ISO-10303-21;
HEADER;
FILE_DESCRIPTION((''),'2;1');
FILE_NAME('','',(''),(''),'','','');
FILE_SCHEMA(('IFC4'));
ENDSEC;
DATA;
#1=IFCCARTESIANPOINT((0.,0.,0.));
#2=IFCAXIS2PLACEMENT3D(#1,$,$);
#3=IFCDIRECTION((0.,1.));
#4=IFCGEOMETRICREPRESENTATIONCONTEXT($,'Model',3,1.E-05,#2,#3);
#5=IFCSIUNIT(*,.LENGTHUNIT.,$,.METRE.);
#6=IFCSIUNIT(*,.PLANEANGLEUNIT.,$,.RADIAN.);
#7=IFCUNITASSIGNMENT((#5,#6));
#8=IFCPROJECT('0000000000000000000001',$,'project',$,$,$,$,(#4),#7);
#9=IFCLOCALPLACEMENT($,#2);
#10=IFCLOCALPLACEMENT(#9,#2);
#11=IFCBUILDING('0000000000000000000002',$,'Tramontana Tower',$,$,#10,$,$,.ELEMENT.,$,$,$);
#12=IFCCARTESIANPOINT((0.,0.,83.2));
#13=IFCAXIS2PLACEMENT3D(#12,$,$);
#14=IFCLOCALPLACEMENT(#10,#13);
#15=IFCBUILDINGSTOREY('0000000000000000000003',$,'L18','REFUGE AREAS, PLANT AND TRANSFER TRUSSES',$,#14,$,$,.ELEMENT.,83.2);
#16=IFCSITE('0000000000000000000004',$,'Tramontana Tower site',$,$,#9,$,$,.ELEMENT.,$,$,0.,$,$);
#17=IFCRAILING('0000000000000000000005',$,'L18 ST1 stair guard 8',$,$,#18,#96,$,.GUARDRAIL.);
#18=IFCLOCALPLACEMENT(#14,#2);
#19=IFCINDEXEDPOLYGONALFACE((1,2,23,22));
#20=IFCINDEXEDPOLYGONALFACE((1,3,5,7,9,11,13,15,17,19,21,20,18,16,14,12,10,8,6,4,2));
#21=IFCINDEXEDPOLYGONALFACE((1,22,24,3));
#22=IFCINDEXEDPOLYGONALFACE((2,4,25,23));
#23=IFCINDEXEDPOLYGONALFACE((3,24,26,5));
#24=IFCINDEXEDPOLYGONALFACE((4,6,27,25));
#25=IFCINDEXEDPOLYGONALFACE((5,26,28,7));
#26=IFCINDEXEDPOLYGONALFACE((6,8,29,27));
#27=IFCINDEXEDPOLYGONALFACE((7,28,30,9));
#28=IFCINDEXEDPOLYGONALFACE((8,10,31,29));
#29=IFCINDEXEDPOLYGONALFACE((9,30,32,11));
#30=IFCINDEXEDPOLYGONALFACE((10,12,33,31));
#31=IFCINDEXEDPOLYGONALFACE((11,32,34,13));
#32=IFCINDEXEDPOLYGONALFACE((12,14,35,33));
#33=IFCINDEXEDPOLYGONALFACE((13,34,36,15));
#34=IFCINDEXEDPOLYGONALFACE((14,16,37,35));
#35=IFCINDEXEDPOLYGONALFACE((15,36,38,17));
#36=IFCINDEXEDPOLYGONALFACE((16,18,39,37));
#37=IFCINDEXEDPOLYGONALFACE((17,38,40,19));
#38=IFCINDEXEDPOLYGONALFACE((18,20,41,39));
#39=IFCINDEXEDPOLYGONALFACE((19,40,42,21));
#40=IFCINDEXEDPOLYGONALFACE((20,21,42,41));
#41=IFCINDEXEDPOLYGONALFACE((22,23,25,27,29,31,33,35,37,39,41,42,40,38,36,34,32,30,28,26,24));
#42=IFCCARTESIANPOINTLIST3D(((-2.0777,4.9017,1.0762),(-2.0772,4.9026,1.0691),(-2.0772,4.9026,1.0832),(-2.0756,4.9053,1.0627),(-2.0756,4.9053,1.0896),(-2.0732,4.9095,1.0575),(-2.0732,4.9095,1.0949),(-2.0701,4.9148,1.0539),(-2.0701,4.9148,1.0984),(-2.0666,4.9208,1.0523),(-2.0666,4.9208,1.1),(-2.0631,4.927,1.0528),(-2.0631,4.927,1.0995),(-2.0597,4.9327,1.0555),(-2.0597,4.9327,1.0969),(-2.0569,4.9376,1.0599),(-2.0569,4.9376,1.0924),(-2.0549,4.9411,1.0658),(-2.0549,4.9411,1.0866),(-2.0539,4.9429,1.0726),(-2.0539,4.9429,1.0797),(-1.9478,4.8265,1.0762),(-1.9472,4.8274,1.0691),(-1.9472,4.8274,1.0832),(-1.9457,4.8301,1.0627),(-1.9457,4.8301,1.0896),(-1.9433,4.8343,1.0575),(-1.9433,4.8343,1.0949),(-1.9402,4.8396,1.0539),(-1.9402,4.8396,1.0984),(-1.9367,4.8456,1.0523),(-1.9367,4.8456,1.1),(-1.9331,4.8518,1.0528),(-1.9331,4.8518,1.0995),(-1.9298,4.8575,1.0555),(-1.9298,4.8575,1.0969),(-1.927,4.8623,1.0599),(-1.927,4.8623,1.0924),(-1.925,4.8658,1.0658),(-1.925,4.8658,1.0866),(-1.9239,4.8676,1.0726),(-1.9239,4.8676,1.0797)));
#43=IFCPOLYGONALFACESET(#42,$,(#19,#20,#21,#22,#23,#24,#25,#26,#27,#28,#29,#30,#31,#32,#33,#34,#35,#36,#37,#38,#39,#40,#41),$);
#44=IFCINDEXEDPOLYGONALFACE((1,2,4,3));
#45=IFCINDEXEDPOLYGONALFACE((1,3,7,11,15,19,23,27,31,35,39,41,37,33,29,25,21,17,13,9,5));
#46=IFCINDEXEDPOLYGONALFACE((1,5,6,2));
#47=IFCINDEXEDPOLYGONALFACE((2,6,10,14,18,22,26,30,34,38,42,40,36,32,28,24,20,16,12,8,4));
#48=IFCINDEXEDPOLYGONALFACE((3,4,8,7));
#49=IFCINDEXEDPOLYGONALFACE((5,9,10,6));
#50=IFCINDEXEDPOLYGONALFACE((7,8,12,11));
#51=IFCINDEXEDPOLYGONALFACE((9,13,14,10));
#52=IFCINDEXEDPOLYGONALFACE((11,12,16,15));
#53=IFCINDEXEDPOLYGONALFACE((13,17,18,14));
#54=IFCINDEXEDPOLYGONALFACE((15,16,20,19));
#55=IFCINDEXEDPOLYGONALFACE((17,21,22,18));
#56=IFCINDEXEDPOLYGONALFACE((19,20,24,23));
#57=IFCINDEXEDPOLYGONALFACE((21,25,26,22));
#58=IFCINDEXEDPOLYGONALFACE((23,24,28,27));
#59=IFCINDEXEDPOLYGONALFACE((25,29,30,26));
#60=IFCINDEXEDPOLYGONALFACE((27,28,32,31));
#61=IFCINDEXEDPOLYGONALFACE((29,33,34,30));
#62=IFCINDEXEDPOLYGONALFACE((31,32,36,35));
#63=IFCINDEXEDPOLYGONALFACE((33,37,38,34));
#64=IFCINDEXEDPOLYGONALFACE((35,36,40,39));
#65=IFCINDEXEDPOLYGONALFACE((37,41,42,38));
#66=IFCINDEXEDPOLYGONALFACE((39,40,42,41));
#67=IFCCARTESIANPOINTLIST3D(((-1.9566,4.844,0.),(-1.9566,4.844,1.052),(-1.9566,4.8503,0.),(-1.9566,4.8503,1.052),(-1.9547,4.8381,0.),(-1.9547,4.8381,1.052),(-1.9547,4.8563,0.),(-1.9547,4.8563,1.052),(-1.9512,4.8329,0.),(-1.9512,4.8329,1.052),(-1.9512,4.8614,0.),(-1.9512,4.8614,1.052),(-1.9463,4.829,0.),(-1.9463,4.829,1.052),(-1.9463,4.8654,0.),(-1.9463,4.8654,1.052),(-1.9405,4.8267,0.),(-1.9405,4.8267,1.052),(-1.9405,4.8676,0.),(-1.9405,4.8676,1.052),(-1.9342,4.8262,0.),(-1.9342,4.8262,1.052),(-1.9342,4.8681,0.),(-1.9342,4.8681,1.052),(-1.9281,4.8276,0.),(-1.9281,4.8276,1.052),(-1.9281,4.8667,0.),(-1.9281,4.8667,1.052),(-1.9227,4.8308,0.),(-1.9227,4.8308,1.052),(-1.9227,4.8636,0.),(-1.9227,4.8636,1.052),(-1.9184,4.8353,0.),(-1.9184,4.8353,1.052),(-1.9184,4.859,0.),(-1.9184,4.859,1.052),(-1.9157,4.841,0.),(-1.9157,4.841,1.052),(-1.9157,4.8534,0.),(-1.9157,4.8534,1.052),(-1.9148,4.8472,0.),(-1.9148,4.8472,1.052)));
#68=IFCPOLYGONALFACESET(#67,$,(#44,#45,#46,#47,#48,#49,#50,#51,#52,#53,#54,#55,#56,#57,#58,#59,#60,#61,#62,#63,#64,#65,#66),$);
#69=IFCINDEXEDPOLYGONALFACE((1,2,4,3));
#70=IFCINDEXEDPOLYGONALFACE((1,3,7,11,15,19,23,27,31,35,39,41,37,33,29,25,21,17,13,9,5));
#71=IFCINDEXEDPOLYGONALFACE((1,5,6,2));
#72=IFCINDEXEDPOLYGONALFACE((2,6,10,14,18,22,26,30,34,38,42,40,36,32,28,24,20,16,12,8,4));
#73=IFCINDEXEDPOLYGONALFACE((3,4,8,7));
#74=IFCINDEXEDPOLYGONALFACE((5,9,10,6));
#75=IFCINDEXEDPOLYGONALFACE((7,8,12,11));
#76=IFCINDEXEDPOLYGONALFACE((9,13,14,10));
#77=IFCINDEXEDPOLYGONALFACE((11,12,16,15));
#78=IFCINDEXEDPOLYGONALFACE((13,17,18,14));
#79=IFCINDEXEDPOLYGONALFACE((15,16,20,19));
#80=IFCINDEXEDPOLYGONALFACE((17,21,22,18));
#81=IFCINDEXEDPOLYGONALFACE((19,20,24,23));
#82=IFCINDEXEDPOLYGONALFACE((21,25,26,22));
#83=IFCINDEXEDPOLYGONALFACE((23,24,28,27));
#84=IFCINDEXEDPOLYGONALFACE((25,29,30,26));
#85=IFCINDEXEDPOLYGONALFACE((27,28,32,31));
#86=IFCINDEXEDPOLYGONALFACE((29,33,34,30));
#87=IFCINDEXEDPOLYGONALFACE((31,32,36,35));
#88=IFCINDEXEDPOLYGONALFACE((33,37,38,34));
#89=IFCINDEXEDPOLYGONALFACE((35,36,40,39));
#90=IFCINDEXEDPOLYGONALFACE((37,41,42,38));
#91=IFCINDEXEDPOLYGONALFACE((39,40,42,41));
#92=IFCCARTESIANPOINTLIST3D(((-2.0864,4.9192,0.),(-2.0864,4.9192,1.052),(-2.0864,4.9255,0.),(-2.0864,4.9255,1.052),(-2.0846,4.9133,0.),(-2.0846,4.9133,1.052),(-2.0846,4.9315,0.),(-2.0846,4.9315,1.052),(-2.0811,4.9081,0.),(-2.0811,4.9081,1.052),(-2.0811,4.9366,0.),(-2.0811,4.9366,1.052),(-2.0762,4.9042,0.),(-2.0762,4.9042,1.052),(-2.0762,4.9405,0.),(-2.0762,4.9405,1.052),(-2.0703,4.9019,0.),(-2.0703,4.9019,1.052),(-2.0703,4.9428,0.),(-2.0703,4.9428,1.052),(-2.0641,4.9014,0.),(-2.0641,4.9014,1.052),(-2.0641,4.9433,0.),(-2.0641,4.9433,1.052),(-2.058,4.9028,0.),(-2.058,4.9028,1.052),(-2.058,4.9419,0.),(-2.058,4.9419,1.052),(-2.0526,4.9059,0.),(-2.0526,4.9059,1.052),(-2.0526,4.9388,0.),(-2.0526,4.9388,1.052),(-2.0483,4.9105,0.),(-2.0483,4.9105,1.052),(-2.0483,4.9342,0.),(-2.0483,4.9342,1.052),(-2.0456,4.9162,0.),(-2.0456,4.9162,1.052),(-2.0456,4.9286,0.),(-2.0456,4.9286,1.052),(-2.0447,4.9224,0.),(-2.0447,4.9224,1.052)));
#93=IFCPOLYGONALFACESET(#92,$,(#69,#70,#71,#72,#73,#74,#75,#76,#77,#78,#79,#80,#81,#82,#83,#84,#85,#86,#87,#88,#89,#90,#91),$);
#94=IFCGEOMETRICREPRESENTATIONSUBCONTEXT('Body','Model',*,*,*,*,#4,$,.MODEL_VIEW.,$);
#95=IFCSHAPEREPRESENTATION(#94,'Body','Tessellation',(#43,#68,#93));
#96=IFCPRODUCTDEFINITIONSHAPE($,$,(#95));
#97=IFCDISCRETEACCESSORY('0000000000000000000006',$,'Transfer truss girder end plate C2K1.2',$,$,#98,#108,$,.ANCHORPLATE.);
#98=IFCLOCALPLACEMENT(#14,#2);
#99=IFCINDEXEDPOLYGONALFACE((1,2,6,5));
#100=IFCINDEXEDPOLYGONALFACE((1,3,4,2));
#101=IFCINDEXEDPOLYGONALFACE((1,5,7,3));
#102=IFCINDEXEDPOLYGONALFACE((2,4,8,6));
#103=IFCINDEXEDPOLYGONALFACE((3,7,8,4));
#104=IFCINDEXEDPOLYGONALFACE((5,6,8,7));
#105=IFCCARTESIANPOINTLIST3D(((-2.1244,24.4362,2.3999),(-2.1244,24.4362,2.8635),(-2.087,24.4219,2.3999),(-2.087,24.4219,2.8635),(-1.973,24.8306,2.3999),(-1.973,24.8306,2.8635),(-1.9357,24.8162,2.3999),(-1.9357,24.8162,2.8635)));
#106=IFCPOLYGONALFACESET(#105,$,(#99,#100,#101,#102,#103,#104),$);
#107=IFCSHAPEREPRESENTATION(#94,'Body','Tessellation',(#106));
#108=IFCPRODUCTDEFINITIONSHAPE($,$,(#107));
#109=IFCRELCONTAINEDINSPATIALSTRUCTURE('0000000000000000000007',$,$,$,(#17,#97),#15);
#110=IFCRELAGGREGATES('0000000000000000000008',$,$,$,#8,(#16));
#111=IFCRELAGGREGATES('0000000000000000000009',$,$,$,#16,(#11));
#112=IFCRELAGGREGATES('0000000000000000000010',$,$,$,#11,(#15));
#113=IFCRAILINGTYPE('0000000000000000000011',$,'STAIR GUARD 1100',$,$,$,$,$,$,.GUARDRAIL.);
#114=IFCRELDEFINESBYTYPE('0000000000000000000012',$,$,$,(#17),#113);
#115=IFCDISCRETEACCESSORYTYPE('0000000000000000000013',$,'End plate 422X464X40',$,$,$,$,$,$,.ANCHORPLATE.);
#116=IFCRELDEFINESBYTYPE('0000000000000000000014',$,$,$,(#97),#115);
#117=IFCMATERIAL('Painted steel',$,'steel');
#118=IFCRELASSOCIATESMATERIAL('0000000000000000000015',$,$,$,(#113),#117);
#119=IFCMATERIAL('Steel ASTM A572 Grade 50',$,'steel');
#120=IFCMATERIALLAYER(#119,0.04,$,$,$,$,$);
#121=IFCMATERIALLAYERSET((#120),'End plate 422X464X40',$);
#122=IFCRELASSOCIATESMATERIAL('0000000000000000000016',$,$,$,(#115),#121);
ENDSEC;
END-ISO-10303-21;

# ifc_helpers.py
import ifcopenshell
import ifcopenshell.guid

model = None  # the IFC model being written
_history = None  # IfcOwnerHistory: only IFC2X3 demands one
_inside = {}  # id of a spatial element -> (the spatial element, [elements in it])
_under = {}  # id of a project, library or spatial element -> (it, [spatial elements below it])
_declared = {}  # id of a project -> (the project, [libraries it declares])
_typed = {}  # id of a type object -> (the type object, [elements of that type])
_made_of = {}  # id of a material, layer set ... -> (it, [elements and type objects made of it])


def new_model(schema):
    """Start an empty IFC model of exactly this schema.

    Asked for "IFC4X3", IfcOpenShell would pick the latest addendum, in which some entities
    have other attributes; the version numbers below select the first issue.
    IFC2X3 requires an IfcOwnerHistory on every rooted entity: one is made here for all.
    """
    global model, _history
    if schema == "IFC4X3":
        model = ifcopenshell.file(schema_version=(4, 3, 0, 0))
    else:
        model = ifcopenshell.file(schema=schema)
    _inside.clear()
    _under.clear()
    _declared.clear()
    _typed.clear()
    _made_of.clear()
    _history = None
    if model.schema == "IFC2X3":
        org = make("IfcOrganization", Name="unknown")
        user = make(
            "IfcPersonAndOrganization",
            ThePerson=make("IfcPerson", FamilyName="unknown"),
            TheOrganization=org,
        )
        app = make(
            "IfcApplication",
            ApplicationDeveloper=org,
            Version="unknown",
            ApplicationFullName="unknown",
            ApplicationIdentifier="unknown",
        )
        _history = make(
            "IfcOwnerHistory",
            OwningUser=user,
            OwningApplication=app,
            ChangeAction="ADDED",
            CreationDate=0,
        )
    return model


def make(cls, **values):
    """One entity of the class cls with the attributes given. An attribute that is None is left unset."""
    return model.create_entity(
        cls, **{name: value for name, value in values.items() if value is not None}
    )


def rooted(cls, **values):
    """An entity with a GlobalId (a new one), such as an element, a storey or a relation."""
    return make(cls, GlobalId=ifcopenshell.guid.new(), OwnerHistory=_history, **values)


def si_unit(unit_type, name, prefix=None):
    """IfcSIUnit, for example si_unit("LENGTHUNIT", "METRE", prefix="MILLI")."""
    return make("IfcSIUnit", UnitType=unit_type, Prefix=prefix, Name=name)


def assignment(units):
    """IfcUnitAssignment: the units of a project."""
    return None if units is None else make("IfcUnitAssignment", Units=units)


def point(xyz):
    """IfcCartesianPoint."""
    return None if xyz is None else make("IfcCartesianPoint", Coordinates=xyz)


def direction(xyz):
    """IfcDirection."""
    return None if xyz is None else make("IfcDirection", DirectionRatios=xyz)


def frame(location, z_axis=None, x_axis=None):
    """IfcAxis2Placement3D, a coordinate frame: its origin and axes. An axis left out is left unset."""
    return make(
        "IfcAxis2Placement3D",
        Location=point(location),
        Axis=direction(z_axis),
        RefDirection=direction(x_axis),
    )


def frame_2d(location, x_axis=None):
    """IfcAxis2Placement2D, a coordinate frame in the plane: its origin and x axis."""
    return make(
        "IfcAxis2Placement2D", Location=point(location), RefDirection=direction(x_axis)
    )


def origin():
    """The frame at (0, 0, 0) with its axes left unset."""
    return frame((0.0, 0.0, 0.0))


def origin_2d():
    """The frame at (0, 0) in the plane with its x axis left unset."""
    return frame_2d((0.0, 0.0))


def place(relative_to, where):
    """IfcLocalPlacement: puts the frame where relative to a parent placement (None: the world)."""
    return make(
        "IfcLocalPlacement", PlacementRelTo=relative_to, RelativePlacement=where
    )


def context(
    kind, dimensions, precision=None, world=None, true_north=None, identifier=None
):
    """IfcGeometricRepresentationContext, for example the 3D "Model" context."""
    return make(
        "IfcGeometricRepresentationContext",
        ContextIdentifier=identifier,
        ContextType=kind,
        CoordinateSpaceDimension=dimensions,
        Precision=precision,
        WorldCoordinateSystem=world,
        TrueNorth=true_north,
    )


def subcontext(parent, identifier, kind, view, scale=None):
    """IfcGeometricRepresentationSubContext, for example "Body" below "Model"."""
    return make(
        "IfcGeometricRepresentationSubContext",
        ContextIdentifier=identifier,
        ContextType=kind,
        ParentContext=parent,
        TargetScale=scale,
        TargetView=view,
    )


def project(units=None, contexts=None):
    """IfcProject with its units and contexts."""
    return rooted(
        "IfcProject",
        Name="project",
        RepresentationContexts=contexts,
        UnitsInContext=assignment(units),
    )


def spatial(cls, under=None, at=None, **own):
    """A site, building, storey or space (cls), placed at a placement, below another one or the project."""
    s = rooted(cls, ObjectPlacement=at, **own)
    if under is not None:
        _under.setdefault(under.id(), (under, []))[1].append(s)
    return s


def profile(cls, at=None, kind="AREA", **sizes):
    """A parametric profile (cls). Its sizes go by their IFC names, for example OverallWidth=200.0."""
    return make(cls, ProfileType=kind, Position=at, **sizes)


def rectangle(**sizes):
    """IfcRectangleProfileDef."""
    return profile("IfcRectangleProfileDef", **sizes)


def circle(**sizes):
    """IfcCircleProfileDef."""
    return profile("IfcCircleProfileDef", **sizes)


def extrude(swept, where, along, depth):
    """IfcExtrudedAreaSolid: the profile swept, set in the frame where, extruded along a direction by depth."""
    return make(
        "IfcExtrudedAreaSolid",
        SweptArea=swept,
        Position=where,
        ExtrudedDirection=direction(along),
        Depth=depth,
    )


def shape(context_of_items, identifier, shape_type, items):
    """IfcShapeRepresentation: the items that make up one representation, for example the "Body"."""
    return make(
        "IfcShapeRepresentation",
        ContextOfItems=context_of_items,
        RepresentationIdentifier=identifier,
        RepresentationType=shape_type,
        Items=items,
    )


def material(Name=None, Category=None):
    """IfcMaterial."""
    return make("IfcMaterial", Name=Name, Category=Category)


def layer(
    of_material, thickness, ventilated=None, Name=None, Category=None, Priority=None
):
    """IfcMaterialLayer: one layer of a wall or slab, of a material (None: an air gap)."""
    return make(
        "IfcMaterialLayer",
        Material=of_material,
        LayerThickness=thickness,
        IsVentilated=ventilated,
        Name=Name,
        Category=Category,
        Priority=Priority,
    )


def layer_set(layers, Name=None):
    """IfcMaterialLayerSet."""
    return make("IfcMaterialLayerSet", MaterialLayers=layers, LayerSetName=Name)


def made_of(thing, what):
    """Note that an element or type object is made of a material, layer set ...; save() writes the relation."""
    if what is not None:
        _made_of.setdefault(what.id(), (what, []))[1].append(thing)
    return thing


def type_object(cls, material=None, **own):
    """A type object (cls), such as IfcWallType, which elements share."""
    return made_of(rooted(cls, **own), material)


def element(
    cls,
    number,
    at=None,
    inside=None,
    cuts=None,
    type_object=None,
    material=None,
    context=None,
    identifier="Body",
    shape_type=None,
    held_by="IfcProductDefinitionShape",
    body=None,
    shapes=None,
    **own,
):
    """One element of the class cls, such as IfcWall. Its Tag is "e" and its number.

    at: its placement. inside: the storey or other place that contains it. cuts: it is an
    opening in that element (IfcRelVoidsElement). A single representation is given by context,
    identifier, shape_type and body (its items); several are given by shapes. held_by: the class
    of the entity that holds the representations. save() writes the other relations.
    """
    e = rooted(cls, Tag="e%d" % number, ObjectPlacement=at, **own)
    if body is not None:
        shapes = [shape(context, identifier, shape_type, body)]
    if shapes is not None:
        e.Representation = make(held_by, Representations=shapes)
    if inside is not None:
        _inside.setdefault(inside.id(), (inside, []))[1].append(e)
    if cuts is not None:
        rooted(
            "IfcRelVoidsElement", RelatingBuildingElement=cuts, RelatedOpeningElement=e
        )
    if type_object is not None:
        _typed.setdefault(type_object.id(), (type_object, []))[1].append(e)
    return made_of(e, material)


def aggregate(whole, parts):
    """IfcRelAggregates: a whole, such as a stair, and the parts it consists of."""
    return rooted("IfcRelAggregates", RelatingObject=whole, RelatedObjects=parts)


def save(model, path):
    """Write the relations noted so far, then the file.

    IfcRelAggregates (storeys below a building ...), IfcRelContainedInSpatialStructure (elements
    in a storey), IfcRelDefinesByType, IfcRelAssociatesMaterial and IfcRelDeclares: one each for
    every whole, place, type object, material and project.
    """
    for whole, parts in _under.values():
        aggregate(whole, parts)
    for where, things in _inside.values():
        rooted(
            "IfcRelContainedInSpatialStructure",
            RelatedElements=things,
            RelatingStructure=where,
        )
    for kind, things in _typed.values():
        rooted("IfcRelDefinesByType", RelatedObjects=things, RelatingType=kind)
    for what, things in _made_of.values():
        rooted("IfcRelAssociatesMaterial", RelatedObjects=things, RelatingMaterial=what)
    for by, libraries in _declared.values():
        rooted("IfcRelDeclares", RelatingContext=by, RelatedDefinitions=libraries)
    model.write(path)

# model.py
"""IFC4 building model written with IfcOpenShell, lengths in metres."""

from ifc_helpers import new_model, si_unit, direction, frame, origin, origin_2d, place, context, subcontext, project, spatial, rectangle, circle, extrude, material, layer, layer_set, type_object, element, save


model = new_model("IFC4")

# Units and contexts
model_context = context("Model", 3, precision=1e-05, world=origin(), true_north=direction((0.0, 1.0)))
body_context = subcontext(model_context, "Body", "Model", "MODEL_VIEW")
ifc_project = project(units=[si_unit("LENGTHUNIT", "METRE"), si_unit("PLANEANGLEUNIT", "RADIAN")], contexts=[model_context])

# Site, building, storey
site_placement = place(None, origin())
site = spatial("IfcSite", under=ifc_project, at=site_placement, Name="Tramontana Tower site", CompositionType="ELEMENT", RefElevation=0.0)
building_placement = place(site_placement, origin())
building = spatial("IfcBuilding", under=site, at=building_placement, Name="Tramontana Tower", CompositionType="ELEMENT")
storey_placement = place(building_placement, frame((0.0, 0.0, 83.2)))
storey = spatial("IfcBuildingStorey", under=building, at=storey_placement, Name="L18", Description="REFUGE AREAS, PLANT AND TRANSFER TRUSSES", CompositionType="ELEMENT", Elevation=83.2)

# Railing
ifc_material_1 = material(Name="Painted steel", Category="steel")
railing_type_1 = type_object("IfcRailingType", Name="STAIR GUARD 1100", PredefinedType="GUARDRAIL", material=ifc_material_1)
railing_1_placement = place(storey_placement, frame((-1.9358, 4.8472, 0.0)))
element("IfcRailing", 1, at=railing_1_placement, inside=storey, type_object=railing_type_1, Name="L18 ST1 stair guard 8", PredefinedType="GUARDRAIL", context=body_context, shape_type="SweptSolid", body=[
    extrude(circle(Radius=0.0239, at=origin_2d()), frame((0.0, 0.0, 1.0762), z_axis=(-0.865426, 0.501036, 0.0), x_axis=(-0.501036, -0.865426, 0.0)), (0.0, 0.0, 1.0), 0.1501),
    extrude(circle(Radius=0.021, at=origin_2d()), origin(), (0.0, 0.0, 1.0), 1.052),
    extrude(circle(Radius=0.021, at=origin_2d()), frame((-0.1299, 0.0752, 0.0)), (0.0, 0.0, 1.0), 1.052),
])

# Discrete accessory
ifc_material_2 = material(Name="Steel ASTM A572 Grade 50", Category="steel")
ifc_layer_1 = layer(ifc_material_2, 0.04)
ifc_layer_set_1 = layer_set([ifc_layer_1], Name="End plate 422X464X40")
discrete_accessory_type = type_object("IfcDiscreteAccessoryType", Name="End plate 422X464X40", PredefinedType="ANCHORPLATE", material=ifc_layer_set_1)
discrete_accessory_placement = place(storey_placement, frame((-2.03, 24.6262, 2.3999), z_axis=(0.0, 0.0, 1.0), x_axis=(-0.358368, -0.93358, 0.0)))
element("IfcDiscreteAccessory", 2, at=discrete_accessory_placement, inside=storey, type_object=discrete_accessory_type, Name="Transfer truss girder end plate C2K1.2", PredefinedType="ANCHORPLATE", context=body_context, shape_type="SweptSolid", body=[
    extrude(rectangle(XDim=0.4224, YDim=0.04, at=origin_2d()), origin(), (0.0, 0.0, 1.0), 0.4636),
])

save(model, "model.ifc")
